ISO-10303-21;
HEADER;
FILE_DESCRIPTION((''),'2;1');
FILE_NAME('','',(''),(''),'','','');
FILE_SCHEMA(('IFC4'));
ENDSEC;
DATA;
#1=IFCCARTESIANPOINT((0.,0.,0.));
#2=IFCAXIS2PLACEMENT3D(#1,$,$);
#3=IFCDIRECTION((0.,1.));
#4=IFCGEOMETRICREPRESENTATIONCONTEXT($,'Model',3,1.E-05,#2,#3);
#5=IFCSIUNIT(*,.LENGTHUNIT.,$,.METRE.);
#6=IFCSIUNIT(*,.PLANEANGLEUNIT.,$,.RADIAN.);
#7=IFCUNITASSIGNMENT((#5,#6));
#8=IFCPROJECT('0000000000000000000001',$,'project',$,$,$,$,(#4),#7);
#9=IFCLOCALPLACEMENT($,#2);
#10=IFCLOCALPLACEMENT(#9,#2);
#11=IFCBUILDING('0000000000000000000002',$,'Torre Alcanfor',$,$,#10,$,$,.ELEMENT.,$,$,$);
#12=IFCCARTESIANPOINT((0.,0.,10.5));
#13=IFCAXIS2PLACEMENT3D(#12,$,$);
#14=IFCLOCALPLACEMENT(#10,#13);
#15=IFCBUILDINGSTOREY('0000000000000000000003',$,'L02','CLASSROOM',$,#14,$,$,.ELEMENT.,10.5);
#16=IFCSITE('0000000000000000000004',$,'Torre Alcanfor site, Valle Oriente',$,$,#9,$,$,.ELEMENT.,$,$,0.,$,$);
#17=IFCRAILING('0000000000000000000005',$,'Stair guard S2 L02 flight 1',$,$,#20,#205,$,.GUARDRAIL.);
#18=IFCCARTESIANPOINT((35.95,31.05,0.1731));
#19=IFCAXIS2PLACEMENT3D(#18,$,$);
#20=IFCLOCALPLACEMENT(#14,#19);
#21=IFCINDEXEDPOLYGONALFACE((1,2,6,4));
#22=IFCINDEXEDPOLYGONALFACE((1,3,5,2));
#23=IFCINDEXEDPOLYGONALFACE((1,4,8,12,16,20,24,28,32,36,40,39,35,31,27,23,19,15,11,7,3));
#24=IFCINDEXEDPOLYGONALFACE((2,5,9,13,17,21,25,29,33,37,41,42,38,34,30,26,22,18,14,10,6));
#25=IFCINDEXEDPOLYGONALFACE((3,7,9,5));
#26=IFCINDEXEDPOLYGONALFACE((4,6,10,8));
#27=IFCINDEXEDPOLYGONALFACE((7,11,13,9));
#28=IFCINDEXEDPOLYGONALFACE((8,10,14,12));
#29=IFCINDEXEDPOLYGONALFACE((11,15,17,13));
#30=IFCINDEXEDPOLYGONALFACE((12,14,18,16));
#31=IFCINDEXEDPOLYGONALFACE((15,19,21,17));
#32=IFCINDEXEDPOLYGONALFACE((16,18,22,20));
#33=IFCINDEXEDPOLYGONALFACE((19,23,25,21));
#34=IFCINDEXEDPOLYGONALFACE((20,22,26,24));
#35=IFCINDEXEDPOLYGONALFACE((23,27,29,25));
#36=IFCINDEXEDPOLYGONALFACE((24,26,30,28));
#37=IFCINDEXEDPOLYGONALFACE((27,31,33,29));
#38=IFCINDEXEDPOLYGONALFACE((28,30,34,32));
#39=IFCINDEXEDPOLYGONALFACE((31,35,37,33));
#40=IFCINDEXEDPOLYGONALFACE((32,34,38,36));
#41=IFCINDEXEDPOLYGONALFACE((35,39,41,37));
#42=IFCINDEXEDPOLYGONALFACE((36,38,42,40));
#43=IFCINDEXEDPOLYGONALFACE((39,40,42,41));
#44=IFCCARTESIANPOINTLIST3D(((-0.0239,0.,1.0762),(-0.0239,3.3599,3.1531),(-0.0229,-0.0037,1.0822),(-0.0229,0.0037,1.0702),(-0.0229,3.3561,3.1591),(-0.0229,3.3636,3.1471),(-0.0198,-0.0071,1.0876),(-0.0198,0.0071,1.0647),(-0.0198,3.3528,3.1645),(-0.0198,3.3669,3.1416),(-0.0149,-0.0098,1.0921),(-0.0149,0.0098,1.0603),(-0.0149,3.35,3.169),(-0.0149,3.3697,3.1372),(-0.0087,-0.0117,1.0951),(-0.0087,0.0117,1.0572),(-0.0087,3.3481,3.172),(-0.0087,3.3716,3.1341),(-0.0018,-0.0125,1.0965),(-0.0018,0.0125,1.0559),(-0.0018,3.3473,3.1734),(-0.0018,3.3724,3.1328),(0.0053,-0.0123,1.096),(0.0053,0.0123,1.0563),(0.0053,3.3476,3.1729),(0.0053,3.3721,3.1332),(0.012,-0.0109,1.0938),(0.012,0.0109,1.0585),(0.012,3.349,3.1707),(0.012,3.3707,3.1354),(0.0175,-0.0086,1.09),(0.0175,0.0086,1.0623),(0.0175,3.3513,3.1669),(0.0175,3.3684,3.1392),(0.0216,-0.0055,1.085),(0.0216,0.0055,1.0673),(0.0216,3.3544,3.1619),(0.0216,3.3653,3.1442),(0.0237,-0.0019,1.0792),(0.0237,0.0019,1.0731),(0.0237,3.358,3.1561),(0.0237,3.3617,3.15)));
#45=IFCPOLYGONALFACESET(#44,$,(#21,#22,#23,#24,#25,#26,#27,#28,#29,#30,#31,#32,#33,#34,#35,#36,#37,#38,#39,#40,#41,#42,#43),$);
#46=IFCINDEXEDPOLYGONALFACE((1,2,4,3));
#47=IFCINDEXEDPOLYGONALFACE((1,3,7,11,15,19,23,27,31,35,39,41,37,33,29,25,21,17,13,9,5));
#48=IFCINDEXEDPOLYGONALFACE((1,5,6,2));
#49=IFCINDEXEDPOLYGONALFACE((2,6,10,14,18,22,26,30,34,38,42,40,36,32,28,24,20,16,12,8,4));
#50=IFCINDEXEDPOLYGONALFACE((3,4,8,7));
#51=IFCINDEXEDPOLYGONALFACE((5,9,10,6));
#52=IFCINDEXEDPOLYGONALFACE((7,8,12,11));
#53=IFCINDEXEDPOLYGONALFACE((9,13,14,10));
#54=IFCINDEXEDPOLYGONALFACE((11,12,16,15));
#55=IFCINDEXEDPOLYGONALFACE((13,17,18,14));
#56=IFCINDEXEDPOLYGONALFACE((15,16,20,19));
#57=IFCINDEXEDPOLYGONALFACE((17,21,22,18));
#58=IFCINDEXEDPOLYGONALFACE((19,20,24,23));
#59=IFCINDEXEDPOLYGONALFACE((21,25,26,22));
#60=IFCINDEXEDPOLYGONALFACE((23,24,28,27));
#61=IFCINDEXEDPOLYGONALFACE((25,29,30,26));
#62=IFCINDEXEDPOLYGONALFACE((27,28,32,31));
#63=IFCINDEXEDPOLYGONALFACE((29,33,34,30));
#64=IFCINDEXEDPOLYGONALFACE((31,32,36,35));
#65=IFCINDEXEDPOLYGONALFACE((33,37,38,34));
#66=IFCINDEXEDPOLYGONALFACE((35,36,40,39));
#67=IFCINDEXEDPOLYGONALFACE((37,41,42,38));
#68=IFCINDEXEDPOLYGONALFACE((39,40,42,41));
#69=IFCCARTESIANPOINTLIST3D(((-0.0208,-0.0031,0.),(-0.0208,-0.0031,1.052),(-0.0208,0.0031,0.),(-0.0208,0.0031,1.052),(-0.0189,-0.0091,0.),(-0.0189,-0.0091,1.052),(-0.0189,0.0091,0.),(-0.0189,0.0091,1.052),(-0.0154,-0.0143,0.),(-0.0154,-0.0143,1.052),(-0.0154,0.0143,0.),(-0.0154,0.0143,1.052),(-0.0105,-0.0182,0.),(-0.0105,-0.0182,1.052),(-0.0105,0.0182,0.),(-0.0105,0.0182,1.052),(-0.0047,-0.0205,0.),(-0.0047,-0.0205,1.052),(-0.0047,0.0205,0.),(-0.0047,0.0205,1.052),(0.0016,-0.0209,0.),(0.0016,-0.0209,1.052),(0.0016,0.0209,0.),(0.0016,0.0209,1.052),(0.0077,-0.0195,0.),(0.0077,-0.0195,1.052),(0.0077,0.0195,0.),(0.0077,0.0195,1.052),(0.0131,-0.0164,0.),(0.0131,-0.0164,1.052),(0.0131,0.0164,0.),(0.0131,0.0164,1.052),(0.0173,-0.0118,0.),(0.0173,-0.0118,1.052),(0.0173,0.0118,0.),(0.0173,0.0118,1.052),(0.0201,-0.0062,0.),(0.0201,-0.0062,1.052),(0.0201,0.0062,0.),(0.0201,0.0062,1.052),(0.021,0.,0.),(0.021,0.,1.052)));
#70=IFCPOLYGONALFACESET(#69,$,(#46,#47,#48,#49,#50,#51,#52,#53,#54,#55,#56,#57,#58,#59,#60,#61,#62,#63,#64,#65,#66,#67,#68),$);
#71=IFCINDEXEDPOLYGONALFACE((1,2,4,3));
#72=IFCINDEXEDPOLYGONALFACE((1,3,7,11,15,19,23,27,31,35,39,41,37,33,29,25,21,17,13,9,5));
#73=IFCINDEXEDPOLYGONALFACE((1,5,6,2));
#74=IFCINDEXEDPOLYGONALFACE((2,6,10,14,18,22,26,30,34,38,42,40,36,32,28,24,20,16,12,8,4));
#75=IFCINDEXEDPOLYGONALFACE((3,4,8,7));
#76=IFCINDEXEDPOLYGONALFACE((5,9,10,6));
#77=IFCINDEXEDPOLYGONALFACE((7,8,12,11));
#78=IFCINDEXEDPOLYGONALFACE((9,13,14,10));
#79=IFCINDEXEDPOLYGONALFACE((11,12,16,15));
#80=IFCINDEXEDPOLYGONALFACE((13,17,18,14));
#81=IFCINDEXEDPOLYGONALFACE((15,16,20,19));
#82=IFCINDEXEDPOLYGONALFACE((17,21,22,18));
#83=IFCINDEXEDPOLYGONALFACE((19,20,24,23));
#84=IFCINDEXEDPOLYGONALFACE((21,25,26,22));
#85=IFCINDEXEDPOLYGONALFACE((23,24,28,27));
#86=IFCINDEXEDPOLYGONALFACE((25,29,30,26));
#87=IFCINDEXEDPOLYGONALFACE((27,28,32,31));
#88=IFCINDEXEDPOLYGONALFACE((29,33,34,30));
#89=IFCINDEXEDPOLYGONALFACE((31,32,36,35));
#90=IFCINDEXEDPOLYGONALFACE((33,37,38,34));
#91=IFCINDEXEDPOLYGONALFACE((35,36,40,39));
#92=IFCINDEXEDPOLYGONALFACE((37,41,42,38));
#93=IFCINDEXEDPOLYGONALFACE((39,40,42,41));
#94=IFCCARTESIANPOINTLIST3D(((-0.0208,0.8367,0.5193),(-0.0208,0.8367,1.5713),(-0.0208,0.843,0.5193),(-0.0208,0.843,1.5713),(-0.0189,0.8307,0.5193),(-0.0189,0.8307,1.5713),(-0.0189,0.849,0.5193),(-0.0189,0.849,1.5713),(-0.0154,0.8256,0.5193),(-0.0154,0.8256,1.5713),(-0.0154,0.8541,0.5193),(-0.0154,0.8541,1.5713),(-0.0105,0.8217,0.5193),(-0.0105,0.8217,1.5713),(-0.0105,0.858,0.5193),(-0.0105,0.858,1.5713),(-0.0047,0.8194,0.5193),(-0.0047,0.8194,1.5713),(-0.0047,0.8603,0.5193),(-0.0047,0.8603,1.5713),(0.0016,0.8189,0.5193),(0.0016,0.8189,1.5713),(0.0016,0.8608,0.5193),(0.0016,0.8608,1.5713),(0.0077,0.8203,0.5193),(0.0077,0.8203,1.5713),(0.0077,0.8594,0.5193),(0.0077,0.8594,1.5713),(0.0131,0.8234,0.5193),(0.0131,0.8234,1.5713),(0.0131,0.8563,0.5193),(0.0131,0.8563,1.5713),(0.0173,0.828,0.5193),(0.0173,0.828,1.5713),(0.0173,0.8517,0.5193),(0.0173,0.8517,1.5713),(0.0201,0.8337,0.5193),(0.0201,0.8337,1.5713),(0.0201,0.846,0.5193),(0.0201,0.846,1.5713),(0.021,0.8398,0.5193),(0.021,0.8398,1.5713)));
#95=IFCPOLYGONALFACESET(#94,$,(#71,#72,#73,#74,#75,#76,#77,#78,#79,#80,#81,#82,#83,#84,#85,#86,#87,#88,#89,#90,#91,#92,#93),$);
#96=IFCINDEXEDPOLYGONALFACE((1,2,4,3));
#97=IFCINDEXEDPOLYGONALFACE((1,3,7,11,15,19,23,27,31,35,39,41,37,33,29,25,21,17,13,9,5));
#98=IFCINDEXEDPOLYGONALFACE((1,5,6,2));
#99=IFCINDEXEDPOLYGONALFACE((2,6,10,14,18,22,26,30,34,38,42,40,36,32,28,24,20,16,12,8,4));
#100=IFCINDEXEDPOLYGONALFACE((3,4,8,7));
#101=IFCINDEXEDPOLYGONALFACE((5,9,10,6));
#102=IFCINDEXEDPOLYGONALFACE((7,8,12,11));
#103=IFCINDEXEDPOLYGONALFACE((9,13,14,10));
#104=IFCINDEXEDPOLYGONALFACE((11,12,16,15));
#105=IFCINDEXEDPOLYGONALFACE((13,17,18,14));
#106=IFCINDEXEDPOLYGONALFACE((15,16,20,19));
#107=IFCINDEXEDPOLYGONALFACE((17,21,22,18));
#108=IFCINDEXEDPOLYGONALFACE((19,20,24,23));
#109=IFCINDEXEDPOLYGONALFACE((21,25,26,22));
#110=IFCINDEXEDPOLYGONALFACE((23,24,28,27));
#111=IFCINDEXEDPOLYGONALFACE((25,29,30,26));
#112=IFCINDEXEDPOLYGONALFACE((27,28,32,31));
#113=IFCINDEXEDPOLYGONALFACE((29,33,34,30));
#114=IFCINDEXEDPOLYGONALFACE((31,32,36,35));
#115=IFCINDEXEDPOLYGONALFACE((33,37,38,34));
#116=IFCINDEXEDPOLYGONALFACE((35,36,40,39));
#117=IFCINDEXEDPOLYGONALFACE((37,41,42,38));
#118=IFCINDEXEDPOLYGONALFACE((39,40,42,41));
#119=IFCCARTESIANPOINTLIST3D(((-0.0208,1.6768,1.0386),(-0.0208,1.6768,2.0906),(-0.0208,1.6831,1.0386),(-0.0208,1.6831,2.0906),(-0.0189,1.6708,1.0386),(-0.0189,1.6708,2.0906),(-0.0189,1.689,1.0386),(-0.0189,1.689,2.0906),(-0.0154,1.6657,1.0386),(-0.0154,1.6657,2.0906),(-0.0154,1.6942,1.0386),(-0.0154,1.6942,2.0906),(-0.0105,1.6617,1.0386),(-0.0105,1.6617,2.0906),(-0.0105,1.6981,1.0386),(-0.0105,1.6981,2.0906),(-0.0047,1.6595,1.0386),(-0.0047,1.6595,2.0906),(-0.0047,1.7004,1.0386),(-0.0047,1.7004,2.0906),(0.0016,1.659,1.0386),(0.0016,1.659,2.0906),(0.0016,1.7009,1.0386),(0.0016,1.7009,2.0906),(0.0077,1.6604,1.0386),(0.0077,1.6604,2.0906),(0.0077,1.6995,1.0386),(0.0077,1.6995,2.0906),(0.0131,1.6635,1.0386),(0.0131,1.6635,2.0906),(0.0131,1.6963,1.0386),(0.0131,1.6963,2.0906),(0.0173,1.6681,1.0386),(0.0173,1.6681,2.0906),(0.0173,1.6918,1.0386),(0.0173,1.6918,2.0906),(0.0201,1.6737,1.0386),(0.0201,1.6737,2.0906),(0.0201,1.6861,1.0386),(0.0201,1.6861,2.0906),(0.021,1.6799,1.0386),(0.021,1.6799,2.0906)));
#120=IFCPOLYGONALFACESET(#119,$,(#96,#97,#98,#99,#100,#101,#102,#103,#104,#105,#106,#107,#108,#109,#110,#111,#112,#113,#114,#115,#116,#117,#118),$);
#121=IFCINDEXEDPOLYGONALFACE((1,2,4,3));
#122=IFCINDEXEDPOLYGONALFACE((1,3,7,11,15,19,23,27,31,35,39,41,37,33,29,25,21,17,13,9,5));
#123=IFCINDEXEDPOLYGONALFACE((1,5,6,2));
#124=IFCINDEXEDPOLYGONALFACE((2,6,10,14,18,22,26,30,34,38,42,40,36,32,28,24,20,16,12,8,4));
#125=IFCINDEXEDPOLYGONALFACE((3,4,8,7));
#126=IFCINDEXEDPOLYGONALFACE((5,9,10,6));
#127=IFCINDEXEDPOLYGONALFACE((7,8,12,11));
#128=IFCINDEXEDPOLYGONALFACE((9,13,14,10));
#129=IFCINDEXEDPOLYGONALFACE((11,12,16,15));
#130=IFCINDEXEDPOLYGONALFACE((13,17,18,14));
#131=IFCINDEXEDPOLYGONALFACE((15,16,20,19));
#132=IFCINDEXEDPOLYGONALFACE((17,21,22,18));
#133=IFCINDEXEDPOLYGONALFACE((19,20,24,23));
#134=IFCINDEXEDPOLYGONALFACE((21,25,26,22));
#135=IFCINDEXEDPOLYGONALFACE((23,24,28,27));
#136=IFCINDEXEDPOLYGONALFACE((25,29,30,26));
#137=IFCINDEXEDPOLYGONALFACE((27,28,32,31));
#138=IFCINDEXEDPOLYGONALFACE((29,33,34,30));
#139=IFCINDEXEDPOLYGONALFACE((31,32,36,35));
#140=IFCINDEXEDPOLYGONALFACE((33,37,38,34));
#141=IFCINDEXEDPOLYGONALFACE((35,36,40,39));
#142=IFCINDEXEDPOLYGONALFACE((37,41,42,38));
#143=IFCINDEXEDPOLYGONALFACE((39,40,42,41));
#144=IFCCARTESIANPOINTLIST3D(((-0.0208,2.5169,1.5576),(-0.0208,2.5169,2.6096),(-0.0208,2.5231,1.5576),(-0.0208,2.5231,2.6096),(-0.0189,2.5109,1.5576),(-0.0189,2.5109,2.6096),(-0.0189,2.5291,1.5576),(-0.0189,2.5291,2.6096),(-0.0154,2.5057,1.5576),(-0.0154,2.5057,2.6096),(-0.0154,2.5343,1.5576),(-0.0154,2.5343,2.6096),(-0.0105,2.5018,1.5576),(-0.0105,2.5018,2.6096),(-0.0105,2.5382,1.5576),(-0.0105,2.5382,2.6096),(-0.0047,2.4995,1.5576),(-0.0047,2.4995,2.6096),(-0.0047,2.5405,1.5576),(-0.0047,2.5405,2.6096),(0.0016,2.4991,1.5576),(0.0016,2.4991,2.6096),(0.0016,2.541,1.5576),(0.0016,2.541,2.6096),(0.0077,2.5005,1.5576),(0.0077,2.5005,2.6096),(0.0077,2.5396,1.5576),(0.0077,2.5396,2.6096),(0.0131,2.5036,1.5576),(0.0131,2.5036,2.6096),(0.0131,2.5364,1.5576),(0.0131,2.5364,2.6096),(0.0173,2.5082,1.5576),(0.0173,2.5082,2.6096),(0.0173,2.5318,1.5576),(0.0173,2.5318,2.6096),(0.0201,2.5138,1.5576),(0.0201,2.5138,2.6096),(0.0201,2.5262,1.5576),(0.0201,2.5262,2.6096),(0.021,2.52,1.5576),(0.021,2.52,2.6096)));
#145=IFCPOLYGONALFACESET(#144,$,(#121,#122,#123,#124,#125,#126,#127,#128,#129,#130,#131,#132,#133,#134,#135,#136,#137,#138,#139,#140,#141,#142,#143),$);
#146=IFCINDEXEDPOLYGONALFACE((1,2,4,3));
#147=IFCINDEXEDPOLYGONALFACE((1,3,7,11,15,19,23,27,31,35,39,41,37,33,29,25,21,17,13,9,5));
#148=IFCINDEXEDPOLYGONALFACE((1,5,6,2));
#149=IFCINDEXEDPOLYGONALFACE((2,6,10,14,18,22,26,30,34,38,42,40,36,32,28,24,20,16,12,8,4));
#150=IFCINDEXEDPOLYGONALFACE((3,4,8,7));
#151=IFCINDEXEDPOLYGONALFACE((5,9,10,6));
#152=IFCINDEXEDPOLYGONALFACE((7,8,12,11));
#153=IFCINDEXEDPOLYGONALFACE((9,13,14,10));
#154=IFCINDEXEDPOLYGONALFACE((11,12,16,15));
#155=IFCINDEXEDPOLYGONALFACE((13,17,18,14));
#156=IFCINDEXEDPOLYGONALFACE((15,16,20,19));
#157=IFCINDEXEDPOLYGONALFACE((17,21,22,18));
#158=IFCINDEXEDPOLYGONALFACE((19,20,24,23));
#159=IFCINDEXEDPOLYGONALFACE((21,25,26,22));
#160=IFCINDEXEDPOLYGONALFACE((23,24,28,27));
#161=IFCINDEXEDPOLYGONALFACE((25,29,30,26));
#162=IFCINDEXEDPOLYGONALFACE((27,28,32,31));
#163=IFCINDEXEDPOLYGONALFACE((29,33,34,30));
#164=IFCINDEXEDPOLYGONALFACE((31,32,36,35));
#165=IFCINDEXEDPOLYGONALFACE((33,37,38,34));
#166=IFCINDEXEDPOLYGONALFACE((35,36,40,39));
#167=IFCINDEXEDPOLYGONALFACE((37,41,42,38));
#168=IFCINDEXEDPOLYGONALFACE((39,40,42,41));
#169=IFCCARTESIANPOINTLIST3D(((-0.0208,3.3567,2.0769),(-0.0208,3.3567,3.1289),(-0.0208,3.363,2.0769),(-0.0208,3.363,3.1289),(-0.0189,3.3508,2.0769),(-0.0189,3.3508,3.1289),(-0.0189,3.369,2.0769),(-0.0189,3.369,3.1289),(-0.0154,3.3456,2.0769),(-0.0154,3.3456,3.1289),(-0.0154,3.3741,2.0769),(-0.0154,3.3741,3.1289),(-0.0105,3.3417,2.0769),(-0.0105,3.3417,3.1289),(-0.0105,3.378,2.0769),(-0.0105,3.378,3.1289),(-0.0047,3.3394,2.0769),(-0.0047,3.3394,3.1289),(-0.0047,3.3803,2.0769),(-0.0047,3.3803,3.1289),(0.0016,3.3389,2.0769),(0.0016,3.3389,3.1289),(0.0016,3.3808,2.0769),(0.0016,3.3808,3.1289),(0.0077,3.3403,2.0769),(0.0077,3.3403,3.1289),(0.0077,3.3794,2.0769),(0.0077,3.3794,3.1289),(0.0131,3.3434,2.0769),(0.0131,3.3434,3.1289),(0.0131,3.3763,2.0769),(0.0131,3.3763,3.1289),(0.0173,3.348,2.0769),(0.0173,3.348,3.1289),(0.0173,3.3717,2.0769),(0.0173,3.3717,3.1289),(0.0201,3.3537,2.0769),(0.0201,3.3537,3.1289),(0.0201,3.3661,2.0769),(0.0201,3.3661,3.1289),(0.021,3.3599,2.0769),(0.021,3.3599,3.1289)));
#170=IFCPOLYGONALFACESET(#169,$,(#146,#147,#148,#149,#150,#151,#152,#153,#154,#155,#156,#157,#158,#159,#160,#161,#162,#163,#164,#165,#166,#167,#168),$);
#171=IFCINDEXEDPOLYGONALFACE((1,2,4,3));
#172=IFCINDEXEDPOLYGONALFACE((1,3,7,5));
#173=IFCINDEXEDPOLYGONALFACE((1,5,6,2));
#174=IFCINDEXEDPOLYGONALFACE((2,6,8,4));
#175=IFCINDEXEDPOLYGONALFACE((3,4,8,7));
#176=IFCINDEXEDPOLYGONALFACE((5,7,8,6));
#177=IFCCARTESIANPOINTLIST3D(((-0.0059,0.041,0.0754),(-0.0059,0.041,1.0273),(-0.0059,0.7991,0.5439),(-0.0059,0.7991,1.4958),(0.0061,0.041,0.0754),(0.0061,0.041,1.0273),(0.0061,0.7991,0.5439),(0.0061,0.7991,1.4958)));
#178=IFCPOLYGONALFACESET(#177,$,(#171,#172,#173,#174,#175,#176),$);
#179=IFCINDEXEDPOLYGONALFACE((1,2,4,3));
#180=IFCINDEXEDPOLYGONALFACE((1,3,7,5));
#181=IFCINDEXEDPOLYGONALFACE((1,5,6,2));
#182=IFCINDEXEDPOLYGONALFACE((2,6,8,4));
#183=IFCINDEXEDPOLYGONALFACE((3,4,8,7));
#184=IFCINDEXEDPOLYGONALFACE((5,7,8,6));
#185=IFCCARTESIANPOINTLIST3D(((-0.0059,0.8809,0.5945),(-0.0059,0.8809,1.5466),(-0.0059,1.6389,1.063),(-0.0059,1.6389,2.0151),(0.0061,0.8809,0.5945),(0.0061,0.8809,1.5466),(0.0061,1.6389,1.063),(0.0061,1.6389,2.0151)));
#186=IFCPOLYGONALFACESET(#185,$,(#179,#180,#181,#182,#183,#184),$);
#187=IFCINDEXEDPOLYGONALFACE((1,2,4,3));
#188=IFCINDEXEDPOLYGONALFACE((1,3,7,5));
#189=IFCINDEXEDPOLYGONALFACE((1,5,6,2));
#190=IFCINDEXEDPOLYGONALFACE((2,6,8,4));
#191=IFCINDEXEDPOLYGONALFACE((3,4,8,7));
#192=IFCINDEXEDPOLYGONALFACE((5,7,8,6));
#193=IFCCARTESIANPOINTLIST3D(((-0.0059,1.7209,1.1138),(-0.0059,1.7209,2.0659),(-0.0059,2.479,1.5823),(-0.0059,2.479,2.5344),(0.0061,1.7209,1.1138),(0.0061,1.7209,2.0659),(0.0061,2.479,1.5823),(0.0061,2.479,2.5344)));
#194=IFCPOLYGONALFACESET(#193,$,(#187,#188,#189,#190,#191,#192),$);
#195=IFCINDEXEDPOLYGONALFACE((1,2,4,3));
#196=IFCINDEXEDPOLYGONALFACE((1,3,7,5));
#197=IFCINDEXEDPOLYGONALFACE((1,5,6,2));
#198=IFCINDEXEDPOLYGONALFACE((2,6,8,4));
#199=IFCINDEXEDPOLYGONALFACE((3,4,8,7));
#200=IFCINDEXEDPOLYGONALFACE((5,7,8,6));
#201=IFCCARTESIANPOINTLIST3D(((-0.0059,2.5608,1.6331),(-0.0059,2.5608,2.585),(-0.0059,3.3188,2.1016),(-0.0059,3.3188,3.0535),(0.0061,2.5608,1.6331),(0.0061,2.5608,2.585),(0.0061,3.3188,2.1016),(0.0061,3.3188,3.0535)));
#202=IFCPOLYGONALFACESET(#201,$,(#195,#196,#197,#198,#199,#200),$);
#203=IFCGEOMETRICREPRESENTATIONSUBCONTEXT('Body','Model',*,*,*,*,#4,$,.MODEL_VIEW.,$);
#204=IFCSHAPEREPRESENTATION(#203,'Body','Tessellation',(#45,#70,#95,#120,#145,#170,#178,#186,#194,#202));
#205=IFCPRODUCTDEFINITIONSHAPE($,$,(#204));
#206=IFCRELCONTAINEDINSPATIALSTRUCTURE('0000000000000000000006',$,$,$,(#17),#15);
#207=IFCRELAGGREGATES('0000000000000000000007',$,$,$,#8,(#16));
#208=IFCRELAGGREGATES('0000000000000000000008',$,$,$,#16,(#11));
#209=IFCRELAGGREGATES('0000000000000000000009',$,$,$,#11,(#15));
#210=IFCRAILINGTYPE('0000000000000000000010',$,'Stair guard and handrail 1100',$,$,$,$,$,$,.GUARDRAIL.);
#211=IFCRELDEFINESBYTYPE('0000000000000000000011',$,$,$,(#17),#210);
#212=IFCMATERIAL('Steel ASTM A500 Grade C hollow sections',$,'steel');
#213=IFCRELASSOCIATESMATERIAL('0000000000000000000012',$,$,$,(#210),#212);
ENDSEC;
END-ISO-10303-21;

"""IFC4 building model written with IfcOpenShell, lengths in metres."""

from ifc_helpers import new_model, si_unit, direction, frame, origin, origin_2d, place, context, subcontext, project, spatial, polyline, circle, outline, extrude, material, type_object, element, save


model = new_model("IFC4")

# Units and contexts
model_context = context("Model", 3, precision=1e-05, world=origin(), true_north=direction((0.0, 1.0)))
body_context = subcontext(model_context, "Body", "Model", "MODEL_VIEW")
ifc_project = project(units=[si_unit("LENGTHUNIT", "METRE"), si_unit("PLANEANGLEUNIT", "RADIAN")], contexts=[model_context])

# Site, building, storey
site_placement = place(None, origin())
site = spatial("IfcSite", under=ifc_project, at=site_placement, Name="Torre Alcanfor site, Valle Oriente", CompositionType="ELEMENT", RefElevation=0.0)
building_placement = place(site_placement, origin())
building = spatial("IfcBuilding", under=site, at=building_placement, Name="Torre Alcanfor", CompositionType="ELEMENT")
storey_placement = place(building_placement, frame((0.0, 0.0, 10.5)))
storey = spatial("IfcBuildingStorey", under=building, at=storey_placement, Name="L02", Description="CLASSROOM", CompositionType="ELEMENT", Elevation=10.5)

# Railing
ifc_material_1 = material(Name="Steel ASTM A500 Grade C hollow sections", Category="steel")
railing_type_1 = type_object("IfcRailingType", Name="Stair guard and handrail 1100", PredefinedType="GUARDRAIL", material=ifc_material_1)
railing_1_placement = place(storey_placement, frame((35.95, 31.05, 0.1731)))
element("IfcRailing", 1, at=railing_1_placement, inside=storey, type_object=railing_type_1, Name="Stair guard S2 L02 flight 1", PredefinedType="GUARDRAIL", context=body_context, shape_type="SweptSolid", body=[
    extrude(circle(Radius=0.0239, at=origin_2d()), frame((0.0, 0.0, 1.0762), z_axis=(0.0, 0.850606, 0.525803), x_axis=(-1.0, 0.0, 0.0)), (0.0, 0.0, 1.0), 3.95),
    extrude(circle(Radius=0.021, at=origin_2d()), origin(), (0.0, 0.0, 1.0), 1.052),
    extrude(circle(Radius=0.021, at=origin_2d()), frame((0.0, 0.8398, 0.5193)), (0.0, 0.0, 1.0), 1.052),
    extrude(circle(Radius=0.021, at=origin_2d()), frame((0.0, 1.6799, 1.0386)), (0.0, 0.0, 1.0), 1.052),
    extrude(circle(Radius=0.021, at=origin_2d()), frame((0.0, 2.52, 1.5576)), (0.0, 0.0, 1.0), 1.052),
    extrude(circle(Radius=0.021, at=origin_2d()), frame((0.0, 3.3599, 2.0769)), (0.0, 0.0, 1.0), 1.052),
    extrude(outline(polyline([(0.041, 0.0754), (0.7991, 0.5439), (0.7991, 1.4958), (0.041, 1.0273), (0.041, 0.0754)])), frame((-0.0059, 0.0, 0.0), z_axis=(1.0, 0.0, 0.0), x_axis=(0.0, 1.0, 0.0)), (0.0, 0.0, 1.0), 0.012),
    extrude(outline(polyline([(0.8809, 0.5945), (1.6389, 1.063), (1.6389, 2.0151), (0.8809, 1.5466), (0.8809, 0.5945)])), frame((-0.0059, 0.0, 0.0), z_axis=(1.0, 0.0, 0.0), x_axis=(0.0, 1.0, 0.0)), (0.0, 0.0, 1.0), 0.012),
    extrude(outline(polyline([(1.7209, 1.1138), (2.479, 1.5823), (2.479, 2.5344), (1.7209, 2.0659), (1.7209, 1.1138)])), frame((-0.0059, 0.0, 0.0), z_axis=(1.0, 0.0, 0.0), x_axis=(0.0, 1.0, 0.0)), (0.0, 0.0, 1.0), 0.012),
    extrude(outline(polyline([(2.5608, 1.6331), (3.3188, 2.1016), (3.3188, 3.0535), (2.5608, 2.585), (2.5608, 1.6331)])), frame((-0.0059, 0.0, 0.0), z_axis=(1.0, 0.0, 0.0), x_axis=(0.0, 1.0, 0.0)), (0.0, 0.0, 1.0), 0.012),
])

save(model, "model.ifc")
